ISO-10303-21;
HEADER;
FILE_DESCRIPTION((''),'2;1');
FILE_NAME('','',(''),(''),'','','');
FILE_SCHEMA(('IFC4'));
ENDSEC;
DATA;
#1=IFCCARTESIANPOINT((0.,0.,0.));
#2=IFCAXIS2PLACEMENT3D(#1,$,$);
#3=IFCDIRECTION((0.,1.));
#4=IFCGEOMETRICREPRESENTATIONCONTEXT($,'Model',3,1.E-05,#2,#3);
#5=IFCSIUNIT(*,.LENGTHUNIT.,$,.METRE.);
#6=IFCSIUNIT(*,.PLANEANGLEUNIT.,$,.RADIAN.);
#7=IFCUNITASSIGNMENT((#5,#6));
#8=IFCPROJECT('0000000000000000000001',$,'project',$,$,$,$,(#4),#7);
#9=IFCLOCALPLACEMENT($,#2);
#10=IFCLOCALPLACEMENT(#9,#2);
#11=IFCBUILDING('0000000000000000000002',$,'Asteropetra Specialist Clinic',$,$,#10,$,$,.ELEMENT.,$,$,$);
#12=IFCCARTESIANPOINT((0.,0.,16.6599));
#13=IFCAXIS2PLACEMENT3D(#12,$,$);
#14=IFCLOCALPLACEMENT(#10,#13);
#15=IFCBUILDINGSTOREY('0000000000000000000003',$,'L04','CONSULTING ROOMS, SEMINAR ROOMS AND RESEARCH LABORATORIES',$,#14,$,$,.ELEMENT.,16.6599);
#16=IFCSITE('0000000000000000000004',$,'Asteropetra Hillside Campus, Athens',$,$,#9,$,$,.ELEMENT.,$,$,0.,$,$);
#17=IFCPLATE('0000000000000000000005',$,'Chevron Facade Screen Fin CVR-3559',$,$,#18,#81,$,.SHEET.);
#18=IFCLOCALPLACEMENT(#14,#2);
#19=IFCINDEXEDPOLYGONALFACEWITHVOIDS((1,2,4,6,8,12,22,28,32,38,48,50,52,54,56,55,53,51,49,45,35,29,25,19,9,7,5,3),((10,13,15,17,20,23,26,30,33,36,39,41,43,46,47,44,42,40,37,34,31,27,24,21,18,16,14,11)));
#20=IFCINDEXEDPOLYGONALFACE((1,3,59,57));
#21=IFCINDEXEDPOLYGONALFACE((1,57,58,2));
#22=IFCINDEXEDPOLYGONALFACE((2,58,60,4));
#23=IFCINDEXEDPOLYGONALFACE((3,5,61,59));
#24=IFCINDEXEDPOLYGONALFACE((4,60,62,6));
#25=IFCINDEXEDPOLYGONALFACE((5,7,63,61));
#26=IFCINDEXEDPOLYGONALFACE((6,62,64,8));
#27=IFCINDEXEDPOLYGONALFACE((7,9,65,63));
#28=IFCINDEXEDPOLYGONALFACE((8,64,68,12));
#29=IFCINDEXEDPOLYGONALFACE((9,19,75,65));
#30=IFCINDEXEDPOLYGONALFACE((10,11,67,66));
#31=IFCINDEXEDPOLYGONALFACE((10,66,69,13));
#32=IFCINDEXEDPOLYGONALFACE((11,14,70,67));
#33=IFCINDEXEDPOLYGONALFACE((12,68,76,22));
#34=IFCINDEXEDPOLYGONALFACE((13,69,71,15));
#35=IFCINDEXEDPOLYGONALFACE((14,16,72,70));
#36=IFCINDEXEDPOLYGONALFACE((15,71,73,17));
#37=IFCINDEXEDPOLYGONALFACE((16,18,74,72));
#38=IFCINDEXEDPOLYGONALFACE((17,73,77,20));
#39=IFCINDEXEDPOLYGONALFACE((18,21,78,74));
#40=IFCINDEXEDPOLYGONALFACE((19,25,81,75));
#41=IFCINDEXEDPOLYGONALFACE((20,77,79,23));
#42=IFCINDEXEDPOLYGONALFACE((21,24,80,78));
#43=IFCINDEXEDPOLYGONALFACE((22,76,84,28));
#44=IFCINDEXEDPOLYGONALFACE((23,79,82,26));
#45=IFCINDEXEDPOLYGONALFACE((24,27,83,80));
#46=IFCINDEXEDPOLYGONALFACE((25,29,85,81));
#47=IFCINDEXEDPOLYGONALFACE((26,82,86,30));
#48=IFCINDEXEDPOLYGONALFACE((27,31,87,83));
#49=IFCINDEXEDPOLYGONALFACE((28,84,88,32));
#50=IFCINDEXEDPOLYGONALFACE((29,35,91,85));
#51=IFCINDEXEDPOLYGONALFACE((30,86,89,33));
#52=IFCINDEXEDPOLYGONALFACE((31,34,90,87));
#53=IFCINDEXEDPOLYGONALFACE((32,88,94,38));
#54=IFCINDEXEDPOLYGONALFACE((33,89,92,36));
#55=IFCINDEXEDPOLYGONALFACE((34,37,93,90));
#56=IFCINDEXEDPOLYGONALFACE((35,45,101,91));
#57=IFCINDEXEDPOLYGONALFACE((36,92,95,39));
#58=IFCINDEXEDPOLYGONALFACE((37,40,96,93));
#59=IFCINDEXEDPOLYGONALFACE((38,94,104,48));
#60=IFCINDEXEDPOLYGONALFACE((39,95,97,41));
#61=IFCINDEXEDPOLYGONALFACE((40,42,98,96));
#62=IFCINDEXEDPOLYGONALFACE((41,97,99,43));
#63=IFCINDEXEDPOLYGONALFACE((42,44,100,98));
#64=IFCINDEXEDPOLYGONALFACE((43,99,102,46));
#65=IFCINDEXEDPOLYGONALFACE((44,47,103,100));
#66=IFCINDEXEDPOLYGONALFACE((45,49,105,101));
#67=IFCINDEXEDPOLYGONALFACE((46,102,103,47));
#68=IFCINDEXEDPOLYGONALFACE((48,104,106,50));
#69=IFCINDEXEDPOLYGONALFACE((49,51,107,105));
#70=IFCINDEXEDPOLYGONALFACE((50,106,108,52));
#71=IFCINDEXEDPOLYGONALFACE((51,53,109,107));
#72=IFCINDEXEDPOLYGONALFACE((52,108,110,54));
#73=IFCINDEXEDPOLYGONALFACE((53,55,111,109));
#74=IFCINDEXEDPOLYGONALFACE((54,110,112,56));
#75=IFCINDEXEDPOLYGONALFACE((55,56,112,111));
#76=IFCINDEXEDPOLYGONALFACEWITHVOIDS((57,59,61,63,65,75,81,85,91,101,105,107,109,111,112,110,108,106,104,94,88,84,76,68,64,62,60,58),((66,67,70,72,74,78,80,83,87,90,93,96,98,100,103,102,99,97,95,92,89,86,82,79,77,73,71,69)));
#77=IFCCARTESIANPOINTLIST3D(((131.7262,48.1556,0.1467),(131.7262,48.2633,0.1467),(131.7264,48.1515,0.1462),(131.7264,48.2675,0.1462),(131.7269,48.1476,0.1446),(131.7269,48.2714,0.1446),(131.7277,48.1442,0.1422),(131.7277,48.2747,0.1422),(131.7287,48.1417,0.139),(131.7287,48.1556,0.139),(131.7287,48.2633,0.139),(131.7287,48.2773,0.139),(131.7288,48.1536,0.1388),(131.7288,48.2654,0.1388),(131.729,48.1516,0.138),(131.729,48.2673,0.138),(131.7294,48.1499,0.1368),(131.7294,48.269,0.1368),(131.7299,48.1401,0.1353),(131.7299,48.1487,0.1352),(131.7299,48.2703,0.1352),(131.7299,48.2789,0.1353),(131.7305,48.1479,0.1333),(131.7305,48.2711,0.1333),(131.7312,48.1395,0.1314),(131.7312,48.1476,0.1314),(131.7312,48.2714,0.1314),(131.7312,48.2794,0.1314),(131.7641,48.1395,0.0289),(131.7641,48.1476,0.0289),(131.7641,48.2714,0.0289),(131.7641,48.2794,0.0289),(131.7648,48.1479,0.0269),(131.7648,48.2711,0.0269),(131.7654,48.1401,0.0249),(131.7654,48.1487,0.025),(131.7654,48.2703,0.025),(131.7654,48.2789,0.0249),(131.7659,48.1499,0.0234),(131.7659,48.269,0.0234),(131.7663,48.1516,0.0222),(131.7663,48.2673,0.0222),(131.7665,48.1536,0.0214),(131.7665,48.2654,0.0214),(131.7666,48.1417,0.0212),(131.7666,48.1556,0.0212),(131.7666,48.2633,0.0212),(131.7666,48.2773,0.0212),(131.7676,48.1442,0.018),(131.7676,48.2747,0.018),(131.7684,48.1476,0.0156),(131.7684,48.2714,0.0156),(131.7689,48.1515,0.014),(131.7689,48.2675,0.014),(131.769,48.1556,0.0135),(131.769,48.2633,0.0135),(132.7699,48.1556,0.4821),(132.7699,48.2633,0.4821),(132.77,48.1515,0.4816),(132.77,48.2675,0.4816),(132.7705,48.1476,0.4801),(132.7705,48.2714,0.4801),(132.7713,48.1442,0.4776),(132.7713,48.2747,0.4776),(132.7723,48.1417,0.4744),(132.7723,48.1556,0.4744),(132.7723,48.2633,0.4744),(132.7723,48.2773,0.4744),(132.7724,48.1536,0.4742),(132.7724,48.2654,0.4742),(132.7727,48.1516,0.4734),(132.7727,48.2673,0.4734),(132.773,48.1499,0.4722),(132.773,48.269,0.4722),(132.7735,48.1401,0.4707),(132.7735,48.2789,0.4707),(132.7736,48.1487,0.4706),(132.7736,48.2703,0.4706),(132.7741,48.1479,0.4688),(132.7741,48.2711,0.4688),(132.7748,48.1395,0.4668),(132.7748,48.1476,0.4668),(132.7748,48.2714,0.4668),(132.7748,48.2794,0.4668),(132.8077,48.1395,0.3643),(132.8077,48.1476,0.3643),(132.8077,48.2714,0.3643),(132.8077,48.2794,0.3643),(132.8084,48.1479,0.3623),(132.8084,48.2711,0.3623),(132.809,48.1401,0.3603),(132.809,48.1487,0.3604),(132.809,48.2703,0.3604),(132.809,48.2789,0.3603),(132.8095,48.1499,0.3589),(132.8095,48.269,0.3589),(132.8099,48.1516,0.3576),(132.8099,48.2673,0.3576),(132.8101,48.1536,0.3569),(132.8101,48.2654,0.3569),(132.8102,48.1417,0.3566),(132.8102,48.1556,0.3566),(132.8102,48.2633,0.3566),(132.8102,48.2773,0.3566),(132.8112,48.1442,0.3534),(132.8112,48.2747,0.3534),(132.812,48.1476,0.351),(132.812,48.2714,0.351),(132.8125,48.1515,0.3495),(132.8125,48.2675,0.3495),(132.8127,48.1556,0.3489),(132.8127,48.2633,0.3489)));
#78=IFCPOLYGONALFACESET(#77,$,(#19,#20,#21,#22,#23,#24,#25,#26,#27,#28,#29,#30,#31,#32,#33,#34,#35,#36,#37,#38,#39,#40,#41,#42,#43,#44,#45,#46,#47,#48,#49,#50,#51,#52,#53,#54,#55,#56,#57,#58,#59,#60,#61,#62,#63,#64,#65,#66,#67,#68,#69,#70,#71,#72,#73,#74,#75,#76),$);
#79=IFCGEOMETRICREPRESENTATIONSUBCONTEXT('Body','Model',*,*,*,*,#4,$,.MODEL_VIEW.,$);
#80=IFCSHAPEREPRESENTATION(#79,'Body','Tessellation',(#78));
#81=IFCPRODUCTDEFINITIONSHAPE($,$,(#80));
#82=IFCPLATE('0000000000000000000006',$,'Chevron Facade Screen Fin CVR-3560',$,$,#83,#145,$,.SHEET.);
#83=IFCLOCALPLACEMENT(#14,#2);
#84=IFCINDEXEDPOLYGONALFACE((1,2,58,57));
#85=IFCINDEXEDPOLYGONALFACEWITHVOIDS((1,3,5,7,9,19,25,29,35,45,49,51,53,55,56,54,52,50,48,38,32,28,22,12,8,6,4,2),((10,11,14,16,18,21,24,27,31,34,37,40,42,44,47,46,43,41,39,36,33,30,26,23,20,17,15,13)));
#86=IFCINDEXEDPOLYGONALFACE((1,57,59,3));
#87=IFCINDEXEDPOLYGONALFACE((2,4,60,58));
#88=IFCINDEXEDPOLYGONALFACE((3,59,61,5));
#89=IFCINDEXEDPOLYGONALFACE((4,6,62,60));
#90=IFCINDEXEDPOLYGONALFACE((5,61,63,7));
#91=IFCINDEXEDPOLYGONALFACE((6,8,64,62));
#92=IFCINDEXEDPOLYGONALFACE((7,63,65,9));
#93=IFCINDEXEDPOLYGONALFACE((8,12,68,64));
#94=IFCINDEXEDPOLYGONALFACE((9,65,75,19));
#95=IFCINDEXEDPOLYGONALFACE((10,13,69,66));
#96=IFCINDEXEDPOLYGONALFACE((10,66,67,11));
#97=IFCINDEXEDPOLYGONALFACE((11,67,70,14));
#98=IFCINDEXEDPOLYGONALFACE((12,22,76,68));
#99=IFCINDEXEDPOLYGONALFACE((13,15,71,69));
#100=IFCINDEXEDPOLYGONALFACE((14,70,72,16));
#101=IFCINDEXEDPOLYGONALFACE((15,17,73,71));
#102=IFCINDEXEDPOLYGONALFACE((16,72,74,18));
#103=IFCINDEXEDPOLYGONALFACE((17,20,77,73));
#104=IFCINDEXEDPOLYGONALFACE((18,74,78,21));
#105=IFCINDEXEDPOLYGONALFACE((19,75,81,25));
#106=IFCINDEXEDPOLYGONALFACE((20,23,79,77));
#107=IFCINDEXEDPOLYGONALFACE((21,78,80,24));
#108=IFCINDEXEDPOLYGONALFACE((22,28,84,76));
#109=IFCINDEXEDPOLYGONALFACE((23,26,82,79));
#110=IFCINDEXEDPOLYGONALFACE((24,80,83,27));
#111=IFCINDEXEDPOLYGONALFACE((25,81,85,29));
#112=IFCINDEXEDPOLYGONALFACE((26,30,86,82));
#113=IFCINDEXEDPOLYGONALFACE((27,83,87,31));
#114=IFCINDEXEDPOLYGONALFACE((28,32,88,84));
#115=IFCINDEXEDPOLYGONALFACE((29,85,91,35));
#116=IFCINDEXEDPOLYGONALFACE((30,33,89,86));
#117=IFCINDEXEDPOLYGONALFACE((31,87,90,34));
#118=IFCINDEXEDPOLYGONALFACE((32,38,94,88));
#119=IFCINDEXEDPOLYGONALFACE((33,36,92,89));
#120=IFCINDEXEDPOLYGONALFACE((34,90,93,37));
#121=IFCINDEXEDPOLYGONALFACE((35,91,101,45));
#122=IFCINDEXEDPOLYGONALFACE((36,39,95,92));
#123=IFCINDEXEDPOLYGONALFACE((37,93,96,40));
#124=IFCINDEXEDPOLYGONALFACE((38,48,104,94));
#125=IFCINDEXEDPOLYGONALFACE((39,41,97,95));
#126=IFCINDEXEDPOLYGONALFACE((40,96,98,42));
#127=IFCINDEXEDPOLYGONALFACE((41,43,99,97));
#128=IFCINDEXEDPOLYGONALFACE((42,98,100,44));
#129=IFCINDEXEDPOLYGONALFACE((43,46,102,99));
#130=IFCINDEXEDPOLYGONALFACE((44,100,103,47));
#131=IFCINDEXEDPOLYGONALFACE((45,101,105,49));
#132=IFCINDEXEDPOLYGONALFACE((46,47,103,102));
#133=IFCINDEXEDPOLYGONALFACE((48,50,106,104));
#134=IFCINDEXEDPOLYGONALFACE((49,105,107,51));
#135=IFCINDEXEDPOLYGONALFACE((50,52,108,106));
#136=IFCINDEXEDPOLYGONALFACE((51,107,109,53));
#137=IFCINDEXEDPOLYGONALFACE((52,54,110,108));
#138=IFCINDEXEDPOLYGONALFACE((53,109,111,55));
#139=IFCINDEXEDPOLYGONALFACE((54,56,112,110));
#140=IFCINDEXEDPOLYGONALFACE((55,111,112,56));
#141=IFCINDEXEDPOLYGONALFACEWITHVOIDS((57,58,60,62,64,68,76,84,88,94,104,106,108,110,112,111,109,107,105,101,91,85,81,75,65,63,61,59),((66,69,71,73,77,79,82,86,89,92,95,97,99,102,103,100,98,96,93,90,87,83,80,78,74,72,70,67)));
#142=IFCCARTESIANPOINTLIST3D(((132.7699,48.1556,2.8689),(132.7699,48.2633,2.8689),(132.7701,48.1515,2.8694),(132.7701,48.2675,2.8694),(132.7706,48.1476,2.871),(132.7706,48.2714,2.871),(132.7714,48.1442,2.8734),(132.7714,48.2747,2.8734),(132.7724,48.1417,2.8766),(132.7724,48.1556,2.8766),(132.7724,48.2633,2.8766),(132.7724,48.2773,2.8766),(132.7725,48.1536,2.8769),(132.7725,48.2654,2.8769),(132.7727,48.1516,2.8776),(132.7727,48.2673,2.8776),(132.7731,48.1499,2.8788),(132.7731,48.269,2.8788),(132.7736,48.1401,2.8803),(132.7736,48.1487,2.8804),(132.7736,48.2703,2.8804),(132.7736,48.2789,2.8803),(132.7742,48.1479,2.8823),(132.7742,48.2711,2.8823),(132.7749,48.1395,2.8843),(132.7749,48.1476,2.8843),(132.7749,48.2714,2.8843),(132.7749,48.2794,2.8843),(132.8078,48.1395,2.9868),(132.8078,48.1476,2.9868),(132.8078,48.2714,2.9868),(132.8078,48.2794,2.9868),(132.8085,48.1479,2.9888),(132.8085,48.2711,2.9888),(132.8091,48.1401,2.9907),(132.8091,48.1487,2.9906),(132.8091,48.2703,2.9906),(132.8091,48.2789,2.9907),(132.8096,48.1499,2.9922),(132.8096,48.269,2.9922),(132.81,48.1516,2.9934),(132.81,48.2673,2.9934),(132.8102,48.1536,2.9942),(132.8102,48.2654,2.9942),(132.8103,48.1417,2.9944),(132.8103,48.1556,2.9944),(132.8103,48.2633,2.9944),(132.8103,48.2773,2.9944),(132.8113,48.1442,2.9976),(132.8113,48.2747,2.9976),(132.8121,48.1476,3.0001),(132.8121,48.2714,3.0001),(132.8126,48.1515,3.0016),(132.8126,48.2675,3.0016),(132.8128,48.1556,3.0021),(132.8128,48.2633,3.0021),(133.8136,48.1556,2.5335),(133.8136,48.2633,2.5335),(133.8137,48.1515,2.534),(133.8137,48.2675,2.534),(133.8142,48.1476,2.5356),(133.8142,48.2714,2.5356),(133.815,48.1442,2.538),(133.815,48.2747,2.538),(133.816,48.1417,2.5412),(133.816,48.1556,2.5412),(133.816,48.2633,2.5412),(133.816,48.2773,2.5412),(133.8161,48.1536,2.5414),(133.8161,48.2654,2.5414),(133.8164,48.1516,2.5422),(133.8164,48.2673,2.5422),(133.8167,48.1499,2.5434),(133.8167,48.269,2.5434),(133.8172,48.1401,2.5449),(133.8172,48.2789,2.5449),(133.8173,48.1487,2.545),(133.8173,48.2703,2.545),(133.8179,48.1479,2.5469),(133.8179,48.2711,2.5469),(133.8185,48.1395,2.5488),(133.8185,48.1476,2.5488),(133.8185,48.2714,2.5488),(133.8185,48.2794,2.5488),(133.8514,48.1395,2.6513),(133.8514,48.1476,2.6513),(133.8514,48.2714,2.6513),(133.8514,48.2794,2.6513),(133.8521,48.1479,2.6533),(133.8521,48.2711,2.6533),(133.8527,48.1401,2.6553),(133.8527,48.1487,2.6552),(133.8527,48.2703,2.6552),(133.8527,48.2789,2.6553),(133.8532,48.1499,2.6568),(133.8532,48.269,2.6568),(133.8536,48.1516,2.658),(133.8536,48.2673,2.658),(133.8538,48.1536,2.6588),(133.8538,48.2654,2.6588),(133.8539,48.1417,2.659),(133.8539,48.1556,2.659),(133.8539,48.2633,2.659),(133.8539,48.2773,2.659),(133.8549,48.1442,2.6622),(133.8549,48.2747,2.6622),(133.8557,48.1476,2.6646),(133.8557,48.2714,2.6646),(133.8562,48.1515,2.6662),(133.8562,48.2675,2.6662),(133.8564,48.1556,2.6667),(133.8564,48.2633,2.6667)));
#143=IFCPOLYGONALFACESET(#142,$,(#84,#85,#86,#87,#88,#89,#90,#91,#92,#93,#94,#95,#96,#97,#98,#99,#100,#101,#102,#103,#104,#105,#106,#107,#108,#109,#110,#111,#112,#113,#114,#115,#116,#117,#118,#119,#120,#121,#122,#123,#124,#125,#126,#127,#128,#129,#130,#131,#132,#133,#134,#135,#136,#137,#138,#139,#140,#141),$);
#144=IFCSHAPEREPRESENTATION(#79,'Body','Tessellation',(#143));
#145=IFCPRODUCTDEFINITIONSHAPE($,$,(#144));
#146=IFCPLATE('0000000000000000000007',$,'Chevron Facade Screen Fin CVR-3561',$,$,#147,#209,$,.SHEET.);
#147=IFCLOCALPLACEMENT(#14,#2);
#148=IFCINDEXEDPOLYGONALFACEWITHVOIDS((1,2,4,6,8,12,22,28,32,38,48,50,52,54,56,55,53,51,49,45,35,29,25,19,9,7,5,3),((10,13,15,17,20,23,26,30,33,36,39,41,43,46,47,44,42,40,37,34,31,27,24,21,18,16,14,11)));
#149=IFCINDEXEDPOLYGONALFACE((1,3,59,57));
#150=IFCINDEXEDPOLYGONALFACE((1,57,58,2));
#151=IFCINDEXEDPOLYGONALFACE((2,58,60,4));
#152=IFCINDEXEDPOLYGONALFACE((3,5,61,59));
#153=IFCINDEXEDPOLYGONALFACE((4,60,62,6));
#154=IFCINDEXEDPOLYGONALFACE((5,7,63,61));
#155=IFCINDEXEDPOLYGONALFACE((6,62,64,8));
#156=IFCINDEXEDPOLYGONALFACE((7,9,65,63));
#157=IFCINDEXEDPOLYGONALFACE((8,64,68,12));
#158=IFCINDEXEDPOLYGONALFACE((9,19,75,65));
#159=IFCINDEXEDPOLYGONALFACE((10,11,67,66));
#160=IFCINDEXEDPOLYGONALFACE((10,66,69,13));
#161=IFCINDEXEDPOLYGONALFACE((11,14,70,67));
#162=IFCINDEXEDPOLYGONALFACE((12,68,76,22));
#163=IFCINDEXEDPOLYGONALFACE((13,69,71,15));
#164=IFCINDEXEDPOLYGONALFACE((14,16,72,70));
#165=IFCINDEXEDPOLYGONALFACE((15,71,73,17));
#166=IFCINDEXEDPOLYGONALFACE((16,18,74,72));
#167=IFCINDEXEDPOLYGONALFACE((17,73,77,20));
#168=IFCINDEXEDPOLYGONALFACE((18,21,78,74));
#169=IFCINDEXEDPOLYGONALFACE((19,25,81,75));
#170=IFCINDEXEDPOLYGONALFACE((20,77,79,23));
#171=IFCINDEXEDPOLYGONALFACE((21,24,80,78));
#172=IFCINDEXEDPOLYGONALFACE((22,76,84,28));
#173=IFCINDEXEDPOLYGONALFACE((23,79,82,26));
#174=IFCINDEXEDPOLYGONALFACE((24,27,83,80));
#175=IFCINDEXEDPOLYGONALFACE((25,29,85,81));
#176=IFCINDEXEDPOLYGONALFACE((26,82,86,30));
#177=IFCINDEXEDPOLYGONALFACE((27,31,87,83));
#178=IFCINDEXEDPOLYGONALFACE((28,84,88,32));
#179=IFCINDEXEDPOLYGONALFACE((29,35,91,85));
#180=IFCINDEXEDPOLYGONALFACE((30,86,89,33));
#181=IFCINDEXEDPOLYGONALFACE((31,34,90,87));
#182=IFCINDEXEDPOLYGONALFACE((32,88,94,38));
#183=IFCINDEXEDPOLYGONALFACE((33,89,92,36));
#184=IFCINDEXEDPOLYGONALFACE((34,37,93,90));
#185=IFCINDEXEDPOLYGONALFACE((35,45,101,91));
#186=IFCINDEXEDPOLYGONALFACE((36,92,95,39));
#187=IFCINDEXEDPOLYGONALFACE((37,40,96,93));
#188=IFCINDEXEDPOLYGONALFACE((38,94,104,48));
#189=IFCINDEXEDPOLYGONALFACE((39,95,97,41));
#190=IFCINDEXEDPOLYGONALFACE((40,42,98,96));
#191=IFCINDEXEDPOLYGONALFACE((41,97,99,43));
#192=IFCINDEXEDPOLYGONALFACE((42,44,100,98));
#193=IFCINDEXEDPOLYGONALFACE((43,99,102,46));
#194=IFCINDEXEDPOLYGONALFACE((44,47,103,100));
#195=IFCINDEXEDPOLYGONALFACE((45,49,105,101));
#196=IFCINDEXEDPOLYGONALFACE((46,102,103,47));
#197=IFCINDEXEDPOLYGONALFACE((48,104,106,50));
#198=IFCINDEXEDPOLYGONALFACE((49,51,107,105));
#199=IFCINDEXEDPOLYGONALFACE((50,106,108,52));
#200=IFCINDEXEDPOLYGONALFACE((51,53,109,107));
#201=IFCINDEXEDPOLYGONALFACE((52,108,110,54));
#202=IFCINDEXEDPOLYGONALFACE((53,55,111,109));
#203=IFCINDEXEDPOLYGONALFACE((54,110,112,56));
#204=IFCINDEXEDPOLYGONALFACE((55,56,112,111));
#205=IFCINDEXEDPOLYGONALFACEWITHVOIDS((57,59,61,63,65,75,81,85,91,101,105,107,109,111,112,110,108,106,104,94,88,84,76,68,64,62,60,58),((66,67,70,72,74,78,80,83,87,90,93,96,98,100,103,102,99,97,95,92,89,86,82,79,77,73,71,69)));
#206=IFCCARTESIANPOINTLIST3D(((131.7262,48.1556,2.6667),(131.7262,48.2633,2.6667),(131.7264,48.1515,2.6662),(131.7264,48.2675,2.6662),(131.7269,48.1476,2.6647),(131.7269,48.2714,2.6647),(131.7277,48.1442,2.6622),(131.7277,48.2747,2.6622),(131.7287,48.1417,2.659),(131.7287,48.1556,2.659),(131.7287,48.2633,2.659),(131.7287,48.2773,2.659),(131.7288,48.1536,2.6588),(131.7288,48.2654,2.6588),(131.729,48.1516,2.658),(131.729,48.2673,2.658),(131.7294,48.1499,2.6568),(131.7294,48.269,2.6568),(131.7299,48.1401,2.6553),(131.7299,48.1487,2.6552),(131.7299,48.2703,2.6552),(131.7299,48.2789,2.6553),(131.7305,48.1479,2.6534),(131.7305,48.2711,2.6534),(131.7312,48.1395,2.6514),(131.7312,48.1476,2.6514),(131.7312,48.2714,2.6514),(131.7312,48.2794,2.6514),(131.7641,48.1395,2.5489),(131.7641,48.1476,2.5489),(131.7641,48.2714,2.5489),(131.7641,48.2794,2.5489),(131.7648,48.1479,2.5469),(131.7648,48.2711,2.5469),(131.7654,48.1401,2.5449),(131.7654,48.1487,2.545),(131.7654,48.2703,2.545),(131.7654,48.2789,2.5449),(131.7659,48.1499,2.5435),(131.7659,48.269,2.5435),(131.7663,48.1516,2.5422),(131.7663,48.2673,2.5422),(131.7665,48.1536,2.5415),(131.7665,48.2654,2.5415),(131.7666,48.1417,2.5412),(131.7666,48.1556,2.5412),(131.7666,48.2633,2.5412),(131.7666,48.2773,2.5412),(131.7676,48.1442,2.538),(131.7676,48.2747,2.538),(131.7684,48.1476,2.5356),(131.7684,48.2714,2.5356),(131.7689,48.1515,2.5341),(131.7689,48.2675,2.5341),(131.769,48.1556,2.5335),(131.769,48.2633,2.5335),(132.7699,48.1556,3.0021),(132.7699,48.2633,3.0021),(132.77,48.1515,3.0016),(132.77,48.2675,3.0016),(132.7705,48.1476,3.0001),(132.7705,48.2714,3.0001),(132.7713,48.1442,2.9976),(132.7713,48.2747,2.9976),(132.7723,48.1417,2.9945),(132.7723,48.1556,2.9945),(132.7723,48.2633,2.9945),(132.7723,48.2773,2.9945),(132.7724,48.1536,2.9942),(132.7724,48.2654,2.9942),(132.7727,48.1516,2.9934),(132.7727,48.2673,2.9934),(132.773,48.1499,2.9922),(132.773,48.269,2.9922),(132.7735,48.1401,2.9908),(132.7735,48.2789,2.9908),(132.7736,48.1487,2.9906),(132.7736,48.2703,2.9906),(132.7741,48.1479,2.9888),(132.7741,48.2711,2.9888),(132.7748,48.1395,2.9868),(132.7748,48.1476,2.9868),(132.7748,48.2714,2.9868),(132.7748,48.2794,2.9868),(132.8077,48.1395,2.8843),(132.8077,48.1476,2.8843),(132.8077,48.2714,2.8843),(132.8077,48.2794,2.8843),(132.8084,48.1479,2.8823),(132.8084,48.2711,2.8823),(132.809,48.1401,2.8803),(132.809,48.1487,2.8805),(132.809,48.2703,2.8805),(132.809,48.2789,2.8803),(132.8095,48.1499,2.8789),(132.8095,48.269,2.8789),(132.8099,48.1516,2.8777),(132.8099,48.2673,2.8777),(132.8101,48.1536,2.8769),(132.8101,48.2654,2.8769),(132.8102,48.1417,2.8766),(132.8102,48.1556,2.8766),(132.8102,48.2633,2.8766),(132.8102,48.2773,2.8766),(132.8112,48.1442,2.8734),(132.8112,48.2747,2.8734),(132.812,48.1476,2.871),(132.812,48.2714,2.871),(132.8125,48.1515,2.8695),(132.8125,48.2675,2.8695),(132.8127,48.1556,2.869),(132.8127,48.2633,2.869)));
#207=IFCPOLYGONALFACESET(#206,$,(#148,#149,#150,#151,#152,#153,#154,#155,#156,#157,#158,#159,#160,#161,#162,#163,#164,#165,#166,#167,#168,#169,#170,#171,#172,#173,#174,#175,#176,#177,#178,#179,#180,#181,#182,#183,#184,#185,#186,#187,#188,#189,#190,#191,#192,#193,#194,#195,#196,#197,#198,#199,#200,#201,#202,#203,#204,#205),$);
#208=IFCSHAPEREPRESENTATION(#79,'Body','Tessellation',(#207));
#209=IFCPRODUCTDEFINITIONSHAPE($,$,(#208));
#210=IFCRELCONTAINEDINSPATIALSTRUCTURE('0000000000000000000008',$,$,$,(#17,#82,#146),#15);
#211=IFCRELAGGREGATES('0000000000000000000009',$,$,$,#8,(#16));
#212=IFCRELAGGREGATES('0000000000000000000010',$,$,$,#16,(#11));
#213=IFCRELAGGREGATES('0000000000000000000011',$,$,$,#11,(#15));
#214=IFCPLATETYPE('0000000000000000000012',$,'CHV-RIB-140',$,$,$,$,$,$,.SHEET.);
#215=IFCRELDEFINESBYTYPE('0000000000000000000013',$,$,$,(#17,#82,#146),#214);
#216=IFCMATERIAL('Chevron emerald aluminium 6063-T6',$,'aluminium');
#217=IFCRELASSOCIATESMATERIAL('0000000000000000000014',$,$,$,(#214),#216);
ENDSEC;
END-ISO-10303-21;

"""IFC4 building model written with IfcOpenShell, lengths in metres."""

from ifc_helpers import new_model, si_unit, direction, frame, origin, origin_2d, place, context, subcontext, project, spatial, hollow_rectangle, extrude, material, material_profile, profile_set, type_object, element, save


model = new_model("IFC4")

# Units and contexts
model_context = context("Model", 3, precision=1e-05, world=origin(), true_north=direction((0.0, 1.0)))
body_context = subcontext(model_context, "Body", "Model", "MODEL_VIEW")
ifc_project = project(units=[si_unit("LENGTHUNIT", "METRE"), si_unit("PLANEANGLEUNIT", "RADIAN")], contexts=[model_context])

# Site, building, storey
site_placement = place(None, origin())
site = spatial("IfcSite", under=ifc_project, at=site_placement, Name="Asteropetra Hillside Campus, Athens", CompositionType="ELEMENT", RefElevation=0.0)
building_placement = place(site_placement, origin())
building = spatial("IfcBuilding", under=site, at=building_placement, Name="Asteropetra Specialist Clinic", CompositionType="ELEMENT")
storey_placement = place(building_placement, frame((0.0, 0.0, 16.6599)))
storey = spatial("IfcBuildingStorey", under=building, at=storey_placement, Name="L04", Description="CONSULTING ROOMS, SEMINAR ROOMS AND RESEARCH LABORATORIES", CompositionType="ELEMENT", Elevation=16.6599)

# Plates
ifc_material_1 = material(Name="Chevron emerald aluminium 6063-T6", Category="aluminium")
ifc_material_profile_1 = material_profile(ifc_material_1, hollow_rectangle(XDim=0.1399, YDim=0.1399, WallThickness=0.0081, InnerFilletRadius=0.0081, OuterFilletRadius=0.0161, at=origin_2d()), Name="SHS 140x140x8.0")
ifc_profile_set_1 = profile_set([ifc_material_profile_1], Name="Chevron emerald aluminium 6063-T6")
plate_type = type_object("IfcPlateType", Name="CHV-RIB-140", PredefinedType="SHEET", material=ifc_profile_set_1)
for number, where, z_axis, x_axis, name in (
    (1, (132.7913, 48.2095, 0.4155), (-0.952036, 0.0, -0.305988), (0.0, -1.0, 0.0), "Chevron Facade Screen Fin CVR-3559"),
    (2, (133.835, 48.2095, 2.6001), (-0.952036, 0.0, 0.305988), (0.0, -1.0, 0.0), "Chevron Facade Screen Fin CVR-3560"),
    (3, (132.7913, 48.2095, 2.9355), (-0.952036, 0.0, -0.305988), (0.0, -1.0, 0.0), "Chevron Facade Screen Fin CVR-3561"),
):
    element("IfcPlate", number, at=place(storey_placement, frame(where, z_axis=z_axis, x_axis=x_axis)), inside=storey, type_object=plate_type, Name=name, PredefinedType="SHEET", context=body_context, shape_type="SweptSolid", body=[
        extrude(hollow_rectangle(XDim=0.1399, YDim=0.1399, WallThickness=0.0081, InnerFilletRadius=0.0081, OuterFilletRadius=0.0161, at=origin_2d()), origin(), (0.0, 0.0, 1.0), 1.0962),
    ])

save(model, "model.ifc")
